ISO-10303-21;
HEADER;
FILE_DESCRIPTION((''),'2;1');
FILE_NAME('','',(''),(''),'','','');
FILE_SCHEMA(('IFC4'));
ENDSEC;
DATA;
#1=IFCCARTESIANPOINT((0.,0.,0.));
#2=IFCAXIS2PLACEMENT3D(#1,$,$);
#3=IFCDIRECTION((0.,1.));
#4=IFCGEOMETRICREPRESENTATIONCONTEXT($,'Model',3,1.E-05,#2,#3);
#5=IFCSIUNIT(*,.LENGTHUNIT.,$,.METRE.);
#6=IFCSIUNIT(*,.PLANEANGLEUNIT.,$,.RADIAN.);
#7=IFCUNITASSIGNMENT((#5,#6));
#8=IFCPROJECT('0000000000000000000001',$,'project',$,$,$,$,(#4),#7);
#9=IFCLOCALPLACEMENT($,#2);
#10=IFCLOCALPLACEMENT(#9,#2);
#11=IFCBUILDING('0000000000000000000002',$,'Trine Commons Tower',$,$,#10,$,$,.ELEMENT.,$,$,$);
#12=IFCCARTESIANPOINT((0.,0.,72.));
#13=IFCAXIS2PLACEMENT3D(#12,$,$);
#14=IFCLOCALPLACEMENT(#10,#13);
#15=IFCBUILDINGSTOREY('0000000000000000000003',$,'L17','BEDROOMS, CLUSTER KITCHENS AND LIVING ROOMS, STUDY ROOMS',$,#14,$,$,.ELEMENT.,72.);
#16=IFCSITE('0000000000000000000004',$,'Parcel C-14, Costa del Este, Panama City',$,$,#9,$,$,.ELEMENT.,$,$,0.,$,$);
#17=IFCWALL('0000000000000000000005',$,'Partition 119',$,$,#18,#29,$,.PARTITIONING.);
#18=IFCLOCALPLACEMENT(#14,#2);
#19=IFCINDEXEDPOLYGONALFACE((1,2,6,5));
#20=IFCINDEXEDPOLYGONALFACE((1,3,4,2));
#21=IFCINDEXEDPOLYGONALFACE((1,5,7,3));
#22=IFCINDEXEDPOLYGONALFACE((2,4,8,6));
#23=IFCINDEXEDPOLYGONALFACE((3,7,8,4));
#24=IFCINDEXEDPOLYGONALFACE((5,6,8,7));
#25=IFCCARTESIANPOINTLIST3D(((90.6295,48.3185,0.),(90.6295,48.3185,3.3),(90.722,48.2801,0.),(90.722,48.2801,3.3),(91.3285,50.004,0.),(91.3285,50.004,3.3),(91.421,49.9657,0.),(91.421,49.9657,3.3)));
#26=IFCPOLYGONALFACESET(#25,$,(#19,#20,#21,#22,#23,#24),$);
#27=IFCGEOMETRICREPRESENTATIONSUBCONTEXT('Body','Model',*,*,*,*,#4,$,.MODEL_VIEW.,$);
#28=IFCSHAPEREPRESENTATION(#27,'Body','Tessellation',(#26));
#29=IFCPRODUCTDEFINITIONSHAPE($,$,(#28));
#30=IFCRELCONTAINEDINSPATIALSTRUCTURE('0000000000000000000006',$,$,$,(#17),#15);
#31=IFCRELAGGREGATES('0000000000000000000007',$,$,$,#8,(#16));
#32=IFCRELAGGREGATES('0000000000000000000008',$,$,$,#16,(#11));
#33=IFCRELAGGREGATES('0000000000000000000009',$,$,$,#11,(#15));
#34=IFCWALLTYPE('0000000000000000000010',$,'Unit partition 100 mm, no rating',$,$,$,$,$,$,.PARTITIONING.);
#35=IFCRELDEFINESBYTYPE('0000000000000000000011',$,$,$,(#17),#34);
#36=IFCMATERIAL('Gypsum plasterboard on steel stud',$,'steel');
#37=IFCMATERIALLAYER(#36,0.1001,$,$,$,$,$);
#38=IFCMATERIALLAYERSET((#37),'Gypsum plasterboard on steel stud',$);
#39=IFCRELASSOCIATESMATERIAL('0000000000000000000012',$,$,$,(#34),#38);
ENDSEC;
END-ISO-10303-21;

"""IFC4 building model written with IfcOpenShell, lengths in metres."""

from ifc_helpers import new_model, si_unit, direction, frame, frame_2d, origin, place, context, subcontext, project, spatial, rectangle, extrude, material, layer, layer_set, type_object, element, save


model = new_model("IFC4")

# Units and contexts
model_context = context("Model", 3, precision=1e-05, world=origin(), true_north=direction((0.0, 1.0)))
body_context = subcontext(model_context, "Body", "Model", "MODEL_VIEW")
ifc_project = project(units=[si_unit("LENGTHUNIT", "METRE"), si_unit("PLANEANGLEUNIT", "RADIAN")], contexts=[model_context])

# Site, building, storey
site_placement = place(None, origin())
site = spatial("IfcSite", under=ifc_project, at=site_placement, Name="Parcel C-14, Costa del Este, Panama City", CompositionType="ELEMENT", RefElevation=0.0)
building_placement = place(site_placement, origin())
building = spatial("IfcBuilding", under=site, at=building_placement, Name="Trine Commons Tower", CompositionType="ELEMENT")
storey_placement = place(building_placement, frame((0.0, 0.0, 72.0)))
storey = spatial("IfcBuildingStorey", under=building, at=storey_placement, Name="L17", Description="BEDROOMS, CLUSTER KITCHENS AND LIVING ROOMS, STUDY ROOMS", CompositionType="ELEMENT", Elevation=72.0)

# Shared definitions
ifc_material_1 = material(Name="Gypsum plasterboard on steel stud", Category="steel")

# Shared definitions
ifc_layer_1 = layer(ifc_material_1, 0.1001)
ifc_layer_set_1 = layer_set([ifc_layer_1], Name="Gypsum plasterboard on steel stud")
wall_type_1 = type_object("IfcWallType", Name="Unit partition 100 mm, no rating", PredefinedType="PARTITIONING", material=ifc_layer_set_1)

# Wall
wall_1_placement = place(storey_placement, frame((90.6758, 48.2993, 0.0), z_axis=(0.0, 0.0, 1.0), x_axis=(0.383057, 0.923725, 0.0)))
element("IfcWall", 1, at=wall_1_placement, inside=storey, type_object=wall_type_1, Name="Partition 119", PredefinedType="PARTITIONING", context=body_context, shape_type="SweptSolid", body=[
    extrude(rectangle(XDim=1.8247, YDim=0.1001, at=frame_2d((0.9124, 0.0))), origin(), (0.0, 0.0, 1.0), 3.3),
])

save(model, "model.ifc")
